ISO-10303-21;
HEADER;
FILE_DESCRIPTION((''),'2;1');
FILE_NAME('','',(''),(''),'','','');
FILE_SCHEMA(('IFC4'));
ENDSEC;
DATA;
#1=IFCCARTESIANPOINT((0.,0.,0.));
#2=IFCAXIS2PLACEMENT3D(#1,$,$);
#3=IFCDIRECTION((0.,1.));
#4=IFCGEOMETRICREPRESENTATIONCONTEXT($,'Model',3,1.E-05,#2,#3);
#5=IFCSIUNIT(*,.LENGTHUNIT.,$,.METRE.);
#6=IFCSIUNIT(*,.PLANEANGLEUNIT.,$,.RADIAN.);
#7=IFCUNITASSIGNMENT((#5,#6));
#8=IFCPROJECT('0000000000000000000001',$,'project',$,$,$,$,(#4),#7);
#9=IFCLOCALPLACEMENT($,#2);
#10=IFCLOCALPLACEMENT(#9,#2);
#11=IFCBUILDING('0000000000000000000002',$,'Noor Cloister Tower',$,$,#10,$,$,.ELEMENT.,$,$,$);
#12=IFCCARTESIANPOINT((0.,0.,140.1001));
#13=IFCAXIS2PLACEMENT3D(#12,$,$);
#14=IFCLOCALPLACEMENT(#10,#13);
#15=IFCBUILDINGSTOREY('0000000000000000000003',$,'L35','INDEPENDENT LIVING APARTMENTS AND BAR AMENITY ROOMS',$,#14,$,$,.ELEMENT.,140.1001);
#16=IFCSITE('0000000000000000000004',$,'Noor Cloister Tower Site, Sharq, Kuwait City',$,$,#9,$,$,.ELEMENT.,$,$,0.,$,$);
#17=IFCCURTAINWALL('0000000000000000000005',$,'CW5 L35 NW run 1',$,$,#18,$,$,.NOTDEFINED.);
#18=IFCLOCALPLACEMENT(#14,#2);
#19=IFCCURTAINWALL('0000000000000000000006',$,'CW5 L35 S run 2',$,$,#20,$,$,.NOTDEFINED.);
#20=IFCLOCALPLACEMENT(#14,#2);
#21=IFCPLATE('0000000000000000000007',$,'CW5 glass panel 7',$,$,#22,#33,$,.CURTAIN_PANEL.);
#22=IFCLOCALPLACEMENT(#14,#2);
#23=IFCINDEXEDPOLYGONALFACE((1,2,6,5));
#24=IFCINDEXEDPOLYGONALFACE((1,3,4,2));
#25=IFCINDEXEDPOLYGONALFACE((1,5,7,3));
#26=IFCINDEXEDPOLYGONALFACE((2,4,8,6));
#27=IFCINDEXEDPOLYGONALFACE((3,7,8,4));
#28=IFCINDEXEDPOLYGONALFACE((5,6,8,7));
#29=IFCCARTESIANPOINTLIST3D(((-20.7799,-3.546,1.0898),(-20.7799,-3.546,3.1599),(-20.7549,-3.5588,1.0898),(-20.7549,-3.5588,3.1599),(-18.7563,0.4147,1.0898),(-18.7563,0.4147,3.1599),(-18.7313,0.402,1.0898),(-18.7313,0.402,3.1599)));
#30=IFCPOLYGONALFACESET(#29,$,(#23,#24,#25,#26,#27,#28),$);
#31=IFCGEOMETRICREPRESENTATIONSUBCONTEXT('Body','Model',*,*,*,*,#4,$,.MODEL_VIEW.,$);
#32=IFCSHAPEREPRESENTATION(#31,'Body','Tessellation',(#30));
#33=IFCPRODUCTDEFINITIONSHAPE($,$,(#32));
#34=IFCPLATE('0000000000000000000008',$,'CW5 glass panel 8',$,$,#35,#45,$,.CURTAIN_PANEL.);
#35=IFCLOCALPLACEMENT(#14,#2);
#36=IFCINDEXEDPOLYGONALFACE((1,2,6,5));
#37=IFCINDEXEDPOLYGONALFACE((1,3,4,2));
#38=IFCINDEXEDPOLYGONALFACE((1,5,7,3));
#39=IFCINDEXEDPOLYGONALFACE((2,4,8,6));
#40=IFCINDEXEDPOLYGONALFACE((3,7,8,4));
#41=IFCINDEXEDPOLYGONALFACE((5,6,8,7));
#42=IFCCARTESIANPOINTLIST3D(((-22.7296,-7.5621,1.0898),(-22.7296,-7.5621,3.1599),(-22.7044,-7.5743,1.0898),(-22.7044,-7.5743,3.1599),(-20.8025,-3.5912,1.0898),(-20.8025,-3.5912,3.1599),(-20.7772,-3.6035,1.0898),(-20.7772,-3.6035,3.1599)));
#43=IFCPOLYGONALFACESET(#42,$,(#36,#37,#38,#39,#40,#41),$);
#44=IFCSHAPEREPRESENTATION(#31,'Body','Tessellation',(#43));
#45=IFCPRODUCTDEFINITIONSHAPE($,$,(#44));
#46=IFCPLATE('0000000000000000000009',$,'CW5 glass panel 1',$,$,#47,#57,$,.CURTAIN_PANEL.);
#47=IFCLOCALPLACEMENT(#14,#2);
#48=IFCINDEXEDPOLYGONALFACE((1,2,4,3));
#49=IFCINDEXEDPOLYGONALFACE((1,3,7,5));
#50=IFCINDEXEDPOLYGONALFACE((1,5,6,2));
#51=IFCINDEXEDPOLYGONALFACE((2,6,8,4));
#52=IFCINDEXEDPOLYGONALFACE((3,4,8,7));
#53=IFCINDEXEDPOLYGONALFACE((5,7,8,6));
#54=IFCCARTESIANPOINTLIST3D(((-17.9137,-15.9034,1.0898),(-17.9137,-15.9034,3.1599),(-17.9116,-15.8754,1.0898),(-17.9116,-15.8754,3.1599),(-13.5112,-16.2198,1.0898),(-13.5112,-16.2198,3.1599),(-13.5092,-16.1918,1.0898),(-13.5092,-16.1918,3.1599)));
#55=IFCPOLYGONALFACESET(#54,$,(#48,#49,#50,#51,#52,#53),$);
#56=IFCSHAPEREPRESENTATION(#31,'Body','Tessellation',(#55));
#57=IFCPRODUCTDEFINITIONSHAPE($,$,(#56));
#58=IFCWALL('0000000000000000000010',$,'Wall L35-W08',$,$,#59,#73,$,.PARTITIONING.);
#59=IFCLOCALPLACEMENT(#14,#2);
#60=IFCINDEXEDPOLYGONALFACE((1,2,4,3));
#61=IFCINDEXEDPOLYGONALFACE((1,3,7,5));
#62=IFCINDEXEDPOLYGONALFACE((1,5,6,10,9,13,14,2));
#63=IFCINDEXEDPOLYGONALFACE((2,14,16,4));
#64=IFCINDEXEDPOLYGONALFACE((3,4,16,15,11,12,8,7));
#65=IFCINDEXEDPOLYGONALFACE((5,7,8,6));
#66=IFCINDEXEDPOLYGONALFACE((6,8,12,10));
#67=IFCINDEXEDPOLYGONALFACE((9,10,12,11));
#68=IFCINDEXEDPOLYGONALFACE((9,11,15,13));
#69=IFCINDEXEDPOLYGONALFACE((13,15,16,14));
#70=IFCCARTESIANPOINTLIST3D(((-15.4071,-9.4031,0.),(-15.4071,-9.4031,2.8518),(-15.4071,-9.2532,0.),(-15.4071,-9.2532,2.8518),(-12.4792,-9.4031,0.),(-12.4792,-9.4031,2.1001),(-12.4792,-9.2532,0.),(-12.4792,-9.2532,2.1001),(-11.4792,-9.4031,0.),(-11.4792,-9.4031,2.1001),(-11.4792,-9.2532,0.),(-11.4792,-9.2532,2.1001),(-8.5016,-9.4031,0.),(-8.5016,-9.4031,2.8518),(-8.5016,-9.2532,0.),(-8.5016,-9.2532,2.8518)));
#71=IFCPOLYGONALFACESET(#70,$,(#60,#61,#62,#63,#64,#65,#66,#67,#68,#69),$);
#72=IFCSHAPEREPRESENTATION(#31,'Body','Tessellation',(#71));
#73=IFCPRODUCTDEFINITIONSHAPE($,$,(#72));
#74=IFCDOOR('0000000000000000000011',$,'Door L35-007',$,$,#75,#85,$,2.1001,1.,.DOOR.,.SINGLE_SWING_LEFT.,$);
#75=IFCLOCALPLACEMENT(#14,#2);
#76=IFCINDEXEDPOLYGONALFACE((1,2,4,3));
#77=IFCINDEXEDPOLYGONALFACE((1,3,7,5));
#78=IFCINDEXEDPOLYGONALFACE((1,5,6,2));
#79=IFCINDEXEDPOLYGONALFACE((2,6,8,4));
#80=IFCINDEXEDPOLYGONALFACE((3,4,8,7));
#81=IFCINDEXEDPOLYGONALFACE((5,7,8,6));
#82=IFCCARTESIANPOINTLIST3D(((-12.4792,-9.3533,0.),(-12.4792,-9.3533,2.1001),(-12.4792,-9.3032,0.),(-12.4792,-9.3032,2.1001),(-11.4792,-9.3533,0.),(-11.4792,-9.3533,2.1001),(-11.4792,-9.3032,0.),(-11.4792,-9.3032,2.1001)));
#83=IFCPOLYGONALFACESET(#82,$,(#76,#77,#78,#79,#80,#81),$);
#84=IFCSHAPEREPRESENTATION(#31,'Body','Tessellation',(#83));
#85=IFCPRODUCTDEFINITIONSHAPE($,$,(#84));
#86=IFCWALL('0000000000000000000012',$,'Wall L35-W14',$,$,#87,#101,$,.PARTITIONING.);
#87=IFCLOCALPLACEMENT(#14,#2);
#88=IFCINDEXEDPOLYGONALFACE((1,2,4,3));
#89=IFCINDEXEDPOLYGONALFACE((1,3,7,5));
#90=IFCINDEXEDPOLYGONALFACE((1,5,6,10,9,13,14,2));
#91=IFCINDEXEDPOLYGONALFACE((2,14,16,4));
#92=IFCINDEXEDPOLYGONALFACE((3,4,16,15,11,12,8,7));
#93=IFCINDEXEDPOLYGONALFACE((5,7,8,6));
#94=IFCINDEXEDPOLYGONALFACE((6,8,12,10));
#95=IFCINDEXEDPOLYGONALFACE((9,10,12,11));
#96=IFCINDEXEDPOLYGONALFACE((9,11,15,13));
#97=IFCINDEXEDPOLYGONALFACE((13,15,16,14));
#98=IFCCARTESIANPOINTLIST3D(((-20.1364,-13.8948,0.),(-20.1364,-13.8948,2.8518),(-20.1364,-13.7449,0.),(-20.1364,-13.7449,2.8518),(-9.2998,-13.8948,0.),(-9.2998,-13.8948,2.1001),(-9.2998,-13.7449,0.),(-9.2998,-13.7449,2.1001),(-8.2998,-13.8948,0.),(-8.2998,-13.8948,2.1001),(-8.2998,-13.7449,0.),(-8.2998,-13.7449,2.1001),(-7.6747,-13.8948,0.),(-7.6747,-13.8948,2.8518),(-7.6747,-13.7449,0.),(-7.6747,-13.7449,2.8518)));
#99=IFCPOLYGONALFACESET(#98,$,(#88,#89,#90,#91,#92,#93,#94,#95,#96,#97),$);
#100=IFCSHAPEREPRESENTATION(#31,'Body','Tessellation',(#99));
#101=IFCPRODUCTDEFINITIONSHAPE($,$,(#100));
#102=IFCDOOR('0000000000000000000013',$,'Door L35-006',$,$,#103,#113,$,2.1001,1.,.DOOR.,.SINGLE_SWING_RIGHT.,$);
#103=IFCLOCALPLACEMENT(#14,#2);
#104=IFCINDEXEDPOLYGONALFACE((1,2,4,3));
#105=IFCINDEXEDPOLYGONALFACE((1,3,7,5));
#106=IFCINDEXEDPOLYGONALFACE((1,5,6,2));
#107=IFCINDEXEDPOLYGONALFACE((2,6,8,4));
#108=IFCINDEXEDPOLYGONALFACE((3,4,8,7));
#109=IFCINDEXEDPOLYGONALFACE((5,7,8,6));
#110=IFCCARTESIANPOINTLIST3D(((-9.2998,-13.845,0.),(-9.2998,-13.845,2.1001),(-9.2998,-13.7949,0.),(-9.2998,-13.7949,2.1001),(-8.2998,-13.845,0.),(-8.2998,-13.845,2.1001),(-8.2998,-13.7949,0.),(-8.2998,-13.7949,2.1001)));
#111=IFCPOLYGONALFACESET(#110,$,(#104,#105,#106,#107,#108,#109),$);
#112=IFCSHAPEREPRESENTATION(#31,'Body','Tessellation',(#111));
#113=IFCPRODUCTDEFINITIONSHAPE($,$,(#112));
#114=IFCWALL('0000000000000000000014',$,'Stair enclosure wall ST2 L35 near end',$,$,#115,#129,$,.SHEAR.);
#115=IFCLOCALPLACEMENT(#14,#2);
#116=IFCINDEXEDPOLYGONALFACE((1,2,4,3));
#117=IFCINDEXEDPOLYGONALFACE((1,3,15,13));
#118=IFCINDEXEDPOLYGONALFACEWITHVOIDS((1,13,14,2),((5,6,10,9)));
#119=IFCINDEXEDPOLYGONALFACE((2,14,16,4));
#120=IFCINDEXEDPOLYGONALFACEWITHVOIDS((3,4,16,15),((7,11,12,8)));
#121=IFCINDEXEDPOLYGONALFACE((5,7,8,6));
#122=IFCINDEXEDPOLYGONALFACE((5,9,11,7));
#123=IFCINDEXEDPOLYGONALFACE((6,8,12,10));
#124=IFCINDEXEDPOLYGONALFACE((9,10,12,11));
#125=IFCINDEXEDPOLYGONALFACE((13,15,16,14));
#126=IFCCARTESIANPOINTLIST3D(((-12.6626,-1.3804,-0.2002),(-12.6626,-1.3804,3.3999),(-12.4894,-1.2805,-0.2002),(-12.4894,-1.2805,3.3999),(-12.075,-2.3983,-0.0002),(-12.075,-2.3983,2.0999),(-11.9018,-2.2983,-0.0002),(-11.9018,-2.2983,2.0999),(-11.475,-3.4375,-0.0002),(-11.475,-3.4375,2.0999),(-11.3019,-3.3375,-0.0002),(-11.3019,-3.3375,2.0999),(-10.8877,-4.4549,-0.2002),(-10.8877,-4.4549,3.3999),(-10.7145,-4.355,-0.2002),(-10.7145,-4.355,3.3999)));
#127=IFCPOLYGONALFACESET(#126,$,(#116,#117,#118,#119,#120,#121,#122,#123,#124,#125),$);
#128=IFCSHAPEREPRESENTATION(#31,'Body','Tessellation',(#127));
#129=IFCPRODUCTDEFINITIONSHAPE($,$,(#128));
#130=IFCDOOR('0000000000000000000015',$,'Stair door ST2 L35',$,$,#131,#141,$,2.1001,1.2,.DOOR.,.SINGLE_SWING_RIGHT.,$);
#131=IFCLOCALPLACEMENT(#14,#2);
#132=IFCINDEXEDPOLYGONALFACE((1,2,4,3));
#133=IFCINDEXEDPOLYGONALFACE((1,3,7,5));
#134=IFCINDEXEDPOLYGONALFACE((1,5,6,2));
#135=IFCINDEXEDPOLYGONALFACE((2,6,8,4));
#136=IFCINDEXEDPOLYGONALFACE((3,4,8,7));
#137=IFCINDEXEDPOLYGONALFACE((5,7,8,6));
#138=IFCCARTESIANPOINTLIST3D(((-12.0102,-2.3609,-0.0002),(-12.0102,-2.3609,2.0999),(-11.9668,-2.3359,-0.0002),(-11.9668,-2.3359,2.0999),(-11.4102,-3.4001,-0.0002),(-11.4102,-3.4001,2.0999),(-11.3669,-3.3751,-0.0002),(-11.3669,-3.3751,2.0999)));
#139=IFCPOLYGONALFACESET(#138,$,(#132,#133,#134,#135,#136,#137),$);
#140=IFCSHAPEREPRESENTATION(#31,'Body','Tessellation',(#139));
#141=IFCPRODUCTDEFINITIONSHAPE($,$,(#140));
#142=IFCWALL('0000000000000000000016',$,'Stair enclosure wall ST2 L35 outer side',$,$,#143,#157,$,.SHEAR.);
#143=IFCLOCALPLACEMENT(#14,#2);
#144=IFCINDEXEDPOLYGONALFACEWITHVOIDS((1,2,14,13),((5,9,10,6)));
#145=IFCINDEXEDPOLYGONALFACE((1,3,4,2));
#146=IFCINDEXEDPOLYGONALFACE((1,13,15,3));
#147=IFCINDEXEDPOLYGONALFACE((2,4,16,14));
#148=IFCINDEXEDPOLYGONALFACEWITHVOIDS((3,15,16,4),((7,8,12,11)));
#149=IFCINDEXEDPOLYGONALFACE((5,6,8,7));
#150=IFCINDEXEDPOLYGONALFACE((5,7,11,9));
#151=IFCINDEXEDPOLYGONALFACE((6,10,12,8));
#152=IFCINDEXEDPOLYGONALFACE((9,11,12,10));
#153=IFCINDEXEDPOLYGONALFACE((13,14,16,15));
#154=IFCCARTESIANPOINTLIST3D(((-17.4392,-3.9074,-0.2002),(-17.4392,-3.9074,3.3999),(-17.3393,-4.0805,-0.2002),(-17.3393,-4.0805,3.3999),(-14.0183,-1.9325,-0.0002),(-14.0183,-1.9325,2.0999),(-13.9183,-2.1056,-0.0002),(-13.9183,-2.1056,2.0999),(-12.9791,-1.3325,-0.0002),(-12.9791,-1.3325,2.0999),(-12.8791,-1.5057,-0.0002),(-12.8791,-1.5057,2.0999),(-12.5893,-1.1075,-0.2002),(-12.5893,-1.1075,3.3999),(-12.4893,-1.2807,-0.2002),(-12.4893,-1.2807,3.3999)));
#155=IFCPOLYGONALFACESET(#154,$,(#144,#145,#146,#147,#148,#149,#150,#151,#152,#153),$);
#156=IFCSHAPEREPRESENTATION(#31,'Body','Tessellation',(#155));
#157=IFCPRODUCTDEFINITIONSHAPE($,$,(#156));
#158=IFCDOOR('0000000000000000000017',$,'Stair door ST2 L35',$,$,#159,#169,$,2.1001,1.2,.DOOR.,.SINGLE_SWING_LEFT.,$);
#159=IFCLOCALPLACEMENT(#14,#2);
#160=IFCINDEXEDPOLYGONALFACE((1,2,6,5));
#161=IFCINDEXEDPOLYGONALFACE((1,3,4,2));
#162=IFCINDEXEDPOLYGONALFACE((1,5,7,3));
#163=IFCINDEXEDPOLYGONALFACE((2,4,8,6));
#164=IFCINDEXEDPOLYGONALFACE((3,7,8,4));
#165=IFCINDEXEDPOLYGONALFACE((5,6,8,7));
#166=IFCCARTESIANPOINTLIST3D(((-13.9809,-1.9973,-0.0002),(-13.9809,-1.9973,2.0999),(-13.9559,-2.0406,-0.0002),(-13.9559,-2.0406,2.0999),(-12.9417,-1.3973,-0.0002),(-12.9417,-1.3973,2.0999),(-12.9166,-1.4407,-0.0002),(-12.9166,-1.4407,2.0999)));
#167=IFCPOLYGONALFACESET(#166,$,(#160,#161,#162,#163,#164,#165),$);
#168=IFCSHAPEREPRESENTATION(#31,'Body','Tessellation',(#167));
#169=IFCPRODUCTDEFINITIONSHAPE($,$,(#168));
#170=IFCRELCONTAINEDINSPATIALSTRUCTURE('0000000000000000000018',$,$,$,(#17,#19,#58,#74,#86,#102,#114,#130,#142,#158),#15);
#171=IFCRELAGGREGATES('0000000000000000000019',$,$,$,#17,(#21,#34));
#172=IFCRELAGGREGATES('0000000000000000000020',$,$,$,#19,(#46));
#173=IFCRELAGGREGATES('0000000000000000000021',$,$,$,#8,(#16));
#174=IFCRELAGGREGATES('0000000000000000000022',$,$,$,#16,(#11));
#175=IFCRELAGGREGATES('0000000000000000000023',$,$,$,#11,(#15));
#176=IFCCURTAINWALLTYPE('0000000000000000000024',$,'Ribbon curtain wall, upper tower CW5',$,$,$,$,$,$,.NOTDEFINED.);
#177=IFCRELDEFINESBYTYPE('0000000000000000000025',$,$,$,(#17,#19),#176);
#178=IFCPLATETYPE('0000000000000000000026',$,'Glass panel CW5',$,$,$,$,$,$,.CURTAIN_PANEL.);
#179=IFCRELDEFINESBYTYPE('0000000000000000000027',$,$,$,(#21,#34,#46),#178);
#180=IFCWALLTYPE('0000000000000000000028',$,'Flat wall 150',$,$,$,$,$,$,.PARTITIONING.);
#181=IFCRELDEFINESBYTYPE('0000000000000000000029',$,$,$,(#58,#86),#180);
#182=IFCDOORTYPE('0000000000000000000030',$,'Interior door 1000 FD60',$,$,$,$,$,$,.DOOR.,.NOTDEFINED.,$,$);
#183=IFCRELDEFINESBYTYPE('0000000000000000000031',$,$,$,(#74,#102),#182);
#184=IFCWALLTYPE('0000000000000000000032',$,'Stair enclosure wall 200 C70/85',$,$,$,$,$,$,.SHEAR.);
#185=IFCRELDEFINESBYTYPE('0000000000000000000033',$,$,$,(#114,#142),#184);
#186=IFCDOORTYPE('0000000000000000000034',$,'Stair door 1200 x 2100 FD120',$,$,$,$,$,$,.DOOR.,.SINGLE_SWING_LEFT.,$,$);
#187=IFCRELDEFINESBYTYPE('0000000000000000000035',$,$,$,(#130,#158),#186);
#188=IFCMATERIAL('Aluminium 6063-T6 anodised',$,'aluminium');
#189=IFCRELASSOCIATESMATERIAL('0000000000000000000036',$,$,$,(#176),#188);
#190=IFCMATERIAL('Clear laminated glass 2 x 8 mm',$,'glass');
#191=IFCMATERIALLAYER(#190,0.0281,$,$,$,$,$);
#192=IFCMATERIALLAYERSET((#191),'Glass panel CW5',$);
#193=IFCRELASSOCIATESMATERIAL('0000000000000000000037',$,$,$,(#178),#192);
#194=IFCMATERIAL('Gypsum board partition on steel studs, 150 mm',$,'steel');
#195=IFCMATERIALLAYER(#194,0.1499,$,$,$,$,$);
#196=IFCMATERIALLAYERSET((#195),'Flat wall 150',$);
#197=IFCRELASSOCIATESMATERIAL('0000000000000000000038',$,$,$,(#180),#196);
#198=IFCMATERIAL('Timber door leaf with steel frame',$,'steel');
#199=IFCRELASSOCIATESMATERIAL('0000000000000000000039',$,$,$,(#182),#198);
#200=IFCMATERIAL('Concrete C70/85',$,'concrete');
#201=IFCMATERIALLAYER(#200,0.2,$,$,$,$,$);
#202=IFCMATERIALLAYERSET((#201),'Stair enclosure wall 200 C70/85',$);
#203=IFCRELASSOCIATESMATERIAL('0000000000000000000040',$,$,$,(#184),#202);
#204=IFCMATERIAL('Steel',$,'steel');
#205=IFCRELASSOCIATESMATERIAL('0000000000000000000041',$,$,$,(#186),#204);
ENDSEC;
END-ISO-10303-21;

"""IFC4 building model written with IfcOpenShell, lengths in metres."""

from ifc_helpers import new_model, si_unit, direction, frame, frame_2d, origin, origin_2d, place, context, subcontext, project, spatial, rectangle, extrude, material, layer, layer_set, type_object, element, fill, aggregate, save


model = new_model("IFC4")

# Units and contexts
model_context = context("Model", 3, precision=1e-05, world=origin(), true_north=direction((0.0, 1.0)))
body_context = subcontext(model_context, "Body", "Model", "MODEL_VIEW")
ifc_project = project(units=[si_unit("LENGTHUNIT", "METRE"), si_unit("PLANEANGLEUNIT", "RADIAN")], contexts=[model_context])

# Site, building, storey
site_placement = place(None, origin())
site = spatial("IfcSite", under=ifc_project, at=site_placement, Name="Noor Cloister Tower Site, Sharq, Kuwait City", CompositionType="ELEMENT", RefElevation=0.0)
building_placement = place(site_placement, origin())
building = spatial("IfcBuilding", under=site, at=building_placement, Name="Noor Cloister Tower", CompositionType="ELEMENT")
storey_placement = place(building_placement, frame((0.0, 0.0, 140.1001)))
storey = spatial("IfcBuildingStorey", under=building, at=storey_placement, Name="L35", Description="INDEPENDENT LIVING APARTMENTS AND BAR AMENITY ROOMS", CompositionType="ELEMENT", Elevation=140.1001)

# Curtain walls
ifc_material_1 = material(Name="Aluminium 6063-T6 anodised", Category="aluminium")
curtain_wall_type = type_object("IfcCurtainWallType", Name="Ribbon curtain wall, upper tower CW5", PredefinedType="NOTDEFINED", material=ifc_material_1)
curtain_wall_1_placement = place(storey_placement, origin())
curtain_wall_1 = element("IfcCurtainWall", 1, at=curtain_wall_1_placement, inside=storey, type_object=curtain_wall_type, Name="CW5 L35 NW run 1", PredefinedType="NOTDEFINED")
curtain_wall_2_placement = place(storey_placement, origin())
curtain_wall_2 = element("IfcCurtainWall", 2, at=curtain_wall_2_placement, inside=storey, type_object=curtain_wall_type, Name="CW5 L35 S run 2", PredefinedType="NOTDEFINED")

# Plates
ifc_material_2 = material(Name="Clear laminated glass 2 x 8 mm", Category="glass")
ifc_layer_1 = layer(ifc_material_2, 0.0281)
ifc_layer_set_1 = layer_set([ifc_layer_1], Name="Glass panel CW5")
plate_type = type_object("IfcPlateType", Name="Glass panel CW5", PredefinedType="CURTAIN_PANEL", material=ifc_layer_set_1)
plate_1_placement = place(storey_placement, frame((-19.7556, -1.572, 1.0898), z_axis=(0.0, 0.0, 1.0), x_axis=(-0.454972, -0.890506, 0.0)))
plate_1 = element("IfcPlate", 3, at=plate_1_placement, type_object=plate_type, Name="CW5 glass panel 7", PredefinedType="CURTAIN_PANEL", context=body_context, shape_type="SweptSolid", body=[
    extrude(rectangle(XDim=4.4478, YDim=0.0281, at=origin_2d()), origin(), (0.0, 0.0, 1.0), 2.0701),
])
plate_2_placement = place(storey_placement, frame((-21.7534, -5.5828, 1.0898), z_axis=(0.0, 0.0, 1.0), x_axis=(-0.436619, -0.899647, 0.0)))
plate_2 = element("IfcPlate", 4, at=plate_2_placement, type_object=plate_type, Name="CW5 glass panel 8", PredefinedType="CURTAIN_PANEL", context=body_context, shape_type="SweptSolid", body=[
    extrude(rectangle(XDim=4.4138, YDim=0.0281, at=origin_2d()), origin(), (0.0, 0.0, 1.0), 2.0701),
])
aggregate(curtain_wall_1, [plate_1, plate_2])
plate_3_placement = place(storey_placement, frame((-15.7114, -16.0476, 1.0898), z_axis=(0.0, 0.0, 1.0), x_axis=(0.997426, -0.0717, 0.0)))
plate_3 = element("IfcPlate", 5, at=plate_3_placement, type_object=plate_type, Name="CW5 glass panel 1", PredefinedType="CURTAIN_PANEL", context=body_context, shape_type="SweptSolid", body=[
    extrude(rectangle(XDim=4.4138, YDim=0.0281, at=origin_2d()), origin(), (0.0, 0.0, 1.0), 2.0701),
])
aggregate(curtain_wall_2, [plate_3])

# Walls, openings, doors
ifc_material_3 = material(Name="Gypsum board partition on steel studs, 150 mm", Category="steel")
ifc_layer_2 = layer(ifc_material_3, 0.1499)
ifc_layer_set_2 = layer_set([ifc_layer_2], Name="Flat wall 150")
wall_type_1 = type_object("IfcWallType", Name="Flat wall 150", PredefinedType="PARTITIONING", material=ifc_layer_set_2)
wall_1_placement = place(storey_placement, frame((-15.407, -9.3281, 0.0), z_axis=(0.0, 0.0, 1.0), x_axis=(1.0, 0.0, 0.0)))
wall_1 = element("IfcWall", 6, at=wall_1_placement, inside=storey, type_object=wall_type_1, Name="Wall L35-W08", PredefinedType="PARTITIONING", context=body_context, shape_type="SweptSolid", body=[
    extrude(rectangle(XDim=6.9055, YDim=0.1499, at=frame_2d((3.4526, 0.0))), origin(), (0.0, 0.0, 1.0), 2.8518),
])
opening_1_placement = place(wall_1_placement, frame((2.9277, 0.0, 0.0)))
opening_1 = element("IfcOpeningElement", 7, at=opening_1_placement, cuts=wall_1, PredefinedType="OPENING", context=body_context, shape_type="SweptSolid", body=[
    extrude(rectangle(XDim=1.0, YDim=2.1001, at=frame_2d((0.5, 1.05))), frame((0.0, 0.085, 0.0), z_axis=(0.0, -1.0, 0.0), x_axis=(1.0, 0.0, 0.0)), (0.0, 0.0, 1.0), 0.1699),
])
ifc_material_4 = material(Name="Timber door leaf with steel frame", Category="steel")
door_type_1 = type_object("IfcDoorType", Name="Interior door 1000 FD60", OperationType="NOTDEFINED", PredefinedType="DOOR", material=ifc_material_4)
door_1_placement = place(opening_1_placement, origin())
door_1 = element("IfcDoor", 8, at=door_1_placement, inside=storey, type_object=door_type_1, Name="Door L35-007", OperationType="SINGLE_SWING_LEFT", OverallHeight=2.1001, OverallWidth=1.0, PredefinedType="DOOR", context=body_context, shape_type="SweptSolid", body=[
    extrude(rectangle(XDim=1.0, YDim=2.1001, at=frame_2d((0.5, 1.05))), frame((0.0, 0.0249, 0.0), z_axis=(0.0, -1.0, 0.0), x_axis=(1.0, 0.0, 0.0)), (0.0, 0.0, 1.0), 0.05),
])
fill(opening_1, door_1)
wall_2_placement = place(storey_placement, frame((-20.1365, -13.8198, 0.0), z_axis=(0.0, 0.0, 1.0), x_axis=(1.0, 0.0, 0.0)))
wall_2 = element("IfcWall", 9, at=wall_2_placement, inside=storey, type_object=wall_type_1, Name="Wall L35-W14", PredefinedType="PARTITIONING", context=body_context, shape_type="SweptSolid", body=[
    extrude(rectangle(XDim=12.4617, YDim=0.1499, at=frame_2d((6.231, 0.0))), origin(), (0.0, 0.0, 1.0), 2.8518),
])
opening_2_placement = place(wall_2_placement, frame((10.8367, 0.0, 0.0)))
opening_2 = element("IfcOpeningElement", 10, at=opening_2_placement, cuts=wall_2, PredefinedType="OPENING", context=body_context, shape_type="SweptSolid", body=[
    extrude(rectangle(XDim=1.0, YDim=2.1001, at=frame_2d((0.5, 1.05))), frame((0.0, 0.085, 0.0), z_axis=(0.0, -1.0, 0.0), x_axis=(1.0, 0.0, 0.0)), (0.0, 0.0, 1.0), 0.1699),
])
door_2_placement = place(opening_2_placement, origin())
door_2 = element("IfcDoor", 11, at=door_2_placement, inside=storey, type_object=door_type_1, Name="Door L35-006", OperationType="SINGLE_SWING_RIGHT", OverallHeight=2.1001, OverallWidth=1.0, PredefinedType="DOOR", context=body_context, shape_type="SweptSolid", body=[
    extrude(rectangle(XDim=1.0, YDim=2.1001, at=frame_2d((0.5, 1.05))), frame((0.0, 0.0249, 0.0), z_axis=(0.0, -1.0, 0.0), x_axis=(1.0, 0.0, 0.0)), (0.0, 0.0, 1.0), 0.05),
])
fill(opening_2, door_2)
ifc_material_5 = material(Name="Concrete C70/85", Category="concrete")
ifc_layer_3 = layer(ifc_material_5, 0.2)
ifc_layer_set_3 = layer_set([ifc_layer_3], Name="Stair enclosure wall 200 C70/85")
wall_type_2 = type_object("IfcWallType", Name="Stair enclosure wall 200 C70/85", PredefinedType="SHEAR", material=ifc_layer_set_3)
wall_3_placement = place(storey_placement, frame((-12.5759, -1.3306, -0.2002), z_axis=(0.0, 0.0, 1.0), x_axis=(0.49997, -0.866042, 0.0)))
wall_3 = element("IfcWall", 12, at=wall_3_placement, inside=storey, type_object=wall_type_2, Name="Stair enclosure wall ST2 L35 near end", PredefinedType="SHEAR", context=body_context, shape_type="SweptSolid", body=[
    extrude(rectangle(XDim=3.55, YDim=0.2, at=frame_2d((1.7749, 0.0))), origin(), (0.0, 0.0, 1.0), 3.6001),
])
opening_3_placement = place(wall_3_placement, frame((1.175, 0.0, 0.2)))
opening_3 = element("IfcOpeningElement", 13, at=opening_3_placement, cuts=wall_3, PredefinedType="OPENING", context=body_context, shape_type="SweptSolid", body=[
    extrude(rectangle(XDim=1.2, YDim=2.1001, at=frame_2d((0.6001, 1.05))), frame((0.0, 0.1099, 0.0), z_axis=(0.0, -1.0, 0.0), x_axis=(1.0, 0.0, 0.0)), (0.0, 0.0, 1.0), 0.22),
])
ifc_material_6 = material(Name="Steel", Category="steel")
door_type_2 = type_object("IfcDoorType", Name="Stair door 1200 x 2100 FD120", OperationType="SINGLE_SWING_LEFT", PredefinedType="DOOR", material=ifc_material_6)
door_3_placement = place(opening_3_placement, origin())
door_3 = element("IfcDoor", 14, at=door_3_placement, inside=storey, type_object=door_type_2, Name="Stair door ST2 L35", OperationType="SINGLE_SWING_RIGHT", OverallHeight=2.1001, OverallWidth=1.2, PredefinedType="DOOR", context=body_context, shape_type="SweptSolid", body=[
    extrude(rectangle(XDim=1.2, YDim=2.1001, at=frame_2d((0.6001, 1.05))), frame((0.0, 0.0249, 0.0), z_axis=(0.0, -1.0, 0.0), x_axis=(1.0, 0.0, 0.0)), (0.0, 0.0, 1.0), 0.05),
])
fill(opening_3, door_3)
wall_4_placement = place(storey_placement, frame((-12.5393, -1.1941, -0.2002), z_axis=(0.0, 0.0, 1.0), x_axis=(-0.866045, -0.499965, 0.0)))
wall_4 = element("IfcWall", 15, at=wall_4_placement, inside=storey, type_object=wall_type_2, Name="Stair enclosure wall ST2 L35 outer side", PredefinedType="SHEAR", context=body_context, shape_type="SweptSolid", body=[
    extrude(rectangle(XDim=5.6001, YDim=0.2, at=frame_2d((2.8, 0.0))), origin(), (0.0, 0.0, 1.0), 3.6001),
])
opening_4_placement = place(wall_4_placement, frame((0.45, 0.0, 0.2)))
opening_4 = element("IfcOpeningElement", 16, at=opening_4_placement, cuts=wall_4, PredefinedType="OPENING", context=body_context, shape_type="SweptSolid", body=[
    extrude(rectangle(XDim=1.2, YDim=2.1001, at=frame_2d((0.6001, 1.05))), frame((0.0, 0.1099, 0.0), z_axis=(0.0, -1.0, 0.0), x_axis=(1.0, 0.0, 0.0)), (0.0, 0.0, 1.0), 0.22),
])
door_4_placement = place(opening_4_placement, origin())
door_4 = element("IfcDoor", 17, at=door_4_placement, inside=storey, type_object=door_type_2, Name="Stair door ST2 L35", OperationType="SINGLE_SWING_LEFT", OverallHeight=2.1001, OverallWidth=1.2, PredefinedType="DOOR", context=body_context, shape_type="SweptSolid", body=[
    extrude(rectangle(XDim=1.2, YDim=2.1001, at=frame_2d((0.6001, 1.05))), frame((0.0, 0.0249, 0.0), z_axis=(0.0, -1.0, 0.0), x_axis=(1.0, 0.0, 0.0)), (0.0, 0.0, 1.0), 0.05),
])
fill(opening_4, door_4)

save(model, "model.ifc")
